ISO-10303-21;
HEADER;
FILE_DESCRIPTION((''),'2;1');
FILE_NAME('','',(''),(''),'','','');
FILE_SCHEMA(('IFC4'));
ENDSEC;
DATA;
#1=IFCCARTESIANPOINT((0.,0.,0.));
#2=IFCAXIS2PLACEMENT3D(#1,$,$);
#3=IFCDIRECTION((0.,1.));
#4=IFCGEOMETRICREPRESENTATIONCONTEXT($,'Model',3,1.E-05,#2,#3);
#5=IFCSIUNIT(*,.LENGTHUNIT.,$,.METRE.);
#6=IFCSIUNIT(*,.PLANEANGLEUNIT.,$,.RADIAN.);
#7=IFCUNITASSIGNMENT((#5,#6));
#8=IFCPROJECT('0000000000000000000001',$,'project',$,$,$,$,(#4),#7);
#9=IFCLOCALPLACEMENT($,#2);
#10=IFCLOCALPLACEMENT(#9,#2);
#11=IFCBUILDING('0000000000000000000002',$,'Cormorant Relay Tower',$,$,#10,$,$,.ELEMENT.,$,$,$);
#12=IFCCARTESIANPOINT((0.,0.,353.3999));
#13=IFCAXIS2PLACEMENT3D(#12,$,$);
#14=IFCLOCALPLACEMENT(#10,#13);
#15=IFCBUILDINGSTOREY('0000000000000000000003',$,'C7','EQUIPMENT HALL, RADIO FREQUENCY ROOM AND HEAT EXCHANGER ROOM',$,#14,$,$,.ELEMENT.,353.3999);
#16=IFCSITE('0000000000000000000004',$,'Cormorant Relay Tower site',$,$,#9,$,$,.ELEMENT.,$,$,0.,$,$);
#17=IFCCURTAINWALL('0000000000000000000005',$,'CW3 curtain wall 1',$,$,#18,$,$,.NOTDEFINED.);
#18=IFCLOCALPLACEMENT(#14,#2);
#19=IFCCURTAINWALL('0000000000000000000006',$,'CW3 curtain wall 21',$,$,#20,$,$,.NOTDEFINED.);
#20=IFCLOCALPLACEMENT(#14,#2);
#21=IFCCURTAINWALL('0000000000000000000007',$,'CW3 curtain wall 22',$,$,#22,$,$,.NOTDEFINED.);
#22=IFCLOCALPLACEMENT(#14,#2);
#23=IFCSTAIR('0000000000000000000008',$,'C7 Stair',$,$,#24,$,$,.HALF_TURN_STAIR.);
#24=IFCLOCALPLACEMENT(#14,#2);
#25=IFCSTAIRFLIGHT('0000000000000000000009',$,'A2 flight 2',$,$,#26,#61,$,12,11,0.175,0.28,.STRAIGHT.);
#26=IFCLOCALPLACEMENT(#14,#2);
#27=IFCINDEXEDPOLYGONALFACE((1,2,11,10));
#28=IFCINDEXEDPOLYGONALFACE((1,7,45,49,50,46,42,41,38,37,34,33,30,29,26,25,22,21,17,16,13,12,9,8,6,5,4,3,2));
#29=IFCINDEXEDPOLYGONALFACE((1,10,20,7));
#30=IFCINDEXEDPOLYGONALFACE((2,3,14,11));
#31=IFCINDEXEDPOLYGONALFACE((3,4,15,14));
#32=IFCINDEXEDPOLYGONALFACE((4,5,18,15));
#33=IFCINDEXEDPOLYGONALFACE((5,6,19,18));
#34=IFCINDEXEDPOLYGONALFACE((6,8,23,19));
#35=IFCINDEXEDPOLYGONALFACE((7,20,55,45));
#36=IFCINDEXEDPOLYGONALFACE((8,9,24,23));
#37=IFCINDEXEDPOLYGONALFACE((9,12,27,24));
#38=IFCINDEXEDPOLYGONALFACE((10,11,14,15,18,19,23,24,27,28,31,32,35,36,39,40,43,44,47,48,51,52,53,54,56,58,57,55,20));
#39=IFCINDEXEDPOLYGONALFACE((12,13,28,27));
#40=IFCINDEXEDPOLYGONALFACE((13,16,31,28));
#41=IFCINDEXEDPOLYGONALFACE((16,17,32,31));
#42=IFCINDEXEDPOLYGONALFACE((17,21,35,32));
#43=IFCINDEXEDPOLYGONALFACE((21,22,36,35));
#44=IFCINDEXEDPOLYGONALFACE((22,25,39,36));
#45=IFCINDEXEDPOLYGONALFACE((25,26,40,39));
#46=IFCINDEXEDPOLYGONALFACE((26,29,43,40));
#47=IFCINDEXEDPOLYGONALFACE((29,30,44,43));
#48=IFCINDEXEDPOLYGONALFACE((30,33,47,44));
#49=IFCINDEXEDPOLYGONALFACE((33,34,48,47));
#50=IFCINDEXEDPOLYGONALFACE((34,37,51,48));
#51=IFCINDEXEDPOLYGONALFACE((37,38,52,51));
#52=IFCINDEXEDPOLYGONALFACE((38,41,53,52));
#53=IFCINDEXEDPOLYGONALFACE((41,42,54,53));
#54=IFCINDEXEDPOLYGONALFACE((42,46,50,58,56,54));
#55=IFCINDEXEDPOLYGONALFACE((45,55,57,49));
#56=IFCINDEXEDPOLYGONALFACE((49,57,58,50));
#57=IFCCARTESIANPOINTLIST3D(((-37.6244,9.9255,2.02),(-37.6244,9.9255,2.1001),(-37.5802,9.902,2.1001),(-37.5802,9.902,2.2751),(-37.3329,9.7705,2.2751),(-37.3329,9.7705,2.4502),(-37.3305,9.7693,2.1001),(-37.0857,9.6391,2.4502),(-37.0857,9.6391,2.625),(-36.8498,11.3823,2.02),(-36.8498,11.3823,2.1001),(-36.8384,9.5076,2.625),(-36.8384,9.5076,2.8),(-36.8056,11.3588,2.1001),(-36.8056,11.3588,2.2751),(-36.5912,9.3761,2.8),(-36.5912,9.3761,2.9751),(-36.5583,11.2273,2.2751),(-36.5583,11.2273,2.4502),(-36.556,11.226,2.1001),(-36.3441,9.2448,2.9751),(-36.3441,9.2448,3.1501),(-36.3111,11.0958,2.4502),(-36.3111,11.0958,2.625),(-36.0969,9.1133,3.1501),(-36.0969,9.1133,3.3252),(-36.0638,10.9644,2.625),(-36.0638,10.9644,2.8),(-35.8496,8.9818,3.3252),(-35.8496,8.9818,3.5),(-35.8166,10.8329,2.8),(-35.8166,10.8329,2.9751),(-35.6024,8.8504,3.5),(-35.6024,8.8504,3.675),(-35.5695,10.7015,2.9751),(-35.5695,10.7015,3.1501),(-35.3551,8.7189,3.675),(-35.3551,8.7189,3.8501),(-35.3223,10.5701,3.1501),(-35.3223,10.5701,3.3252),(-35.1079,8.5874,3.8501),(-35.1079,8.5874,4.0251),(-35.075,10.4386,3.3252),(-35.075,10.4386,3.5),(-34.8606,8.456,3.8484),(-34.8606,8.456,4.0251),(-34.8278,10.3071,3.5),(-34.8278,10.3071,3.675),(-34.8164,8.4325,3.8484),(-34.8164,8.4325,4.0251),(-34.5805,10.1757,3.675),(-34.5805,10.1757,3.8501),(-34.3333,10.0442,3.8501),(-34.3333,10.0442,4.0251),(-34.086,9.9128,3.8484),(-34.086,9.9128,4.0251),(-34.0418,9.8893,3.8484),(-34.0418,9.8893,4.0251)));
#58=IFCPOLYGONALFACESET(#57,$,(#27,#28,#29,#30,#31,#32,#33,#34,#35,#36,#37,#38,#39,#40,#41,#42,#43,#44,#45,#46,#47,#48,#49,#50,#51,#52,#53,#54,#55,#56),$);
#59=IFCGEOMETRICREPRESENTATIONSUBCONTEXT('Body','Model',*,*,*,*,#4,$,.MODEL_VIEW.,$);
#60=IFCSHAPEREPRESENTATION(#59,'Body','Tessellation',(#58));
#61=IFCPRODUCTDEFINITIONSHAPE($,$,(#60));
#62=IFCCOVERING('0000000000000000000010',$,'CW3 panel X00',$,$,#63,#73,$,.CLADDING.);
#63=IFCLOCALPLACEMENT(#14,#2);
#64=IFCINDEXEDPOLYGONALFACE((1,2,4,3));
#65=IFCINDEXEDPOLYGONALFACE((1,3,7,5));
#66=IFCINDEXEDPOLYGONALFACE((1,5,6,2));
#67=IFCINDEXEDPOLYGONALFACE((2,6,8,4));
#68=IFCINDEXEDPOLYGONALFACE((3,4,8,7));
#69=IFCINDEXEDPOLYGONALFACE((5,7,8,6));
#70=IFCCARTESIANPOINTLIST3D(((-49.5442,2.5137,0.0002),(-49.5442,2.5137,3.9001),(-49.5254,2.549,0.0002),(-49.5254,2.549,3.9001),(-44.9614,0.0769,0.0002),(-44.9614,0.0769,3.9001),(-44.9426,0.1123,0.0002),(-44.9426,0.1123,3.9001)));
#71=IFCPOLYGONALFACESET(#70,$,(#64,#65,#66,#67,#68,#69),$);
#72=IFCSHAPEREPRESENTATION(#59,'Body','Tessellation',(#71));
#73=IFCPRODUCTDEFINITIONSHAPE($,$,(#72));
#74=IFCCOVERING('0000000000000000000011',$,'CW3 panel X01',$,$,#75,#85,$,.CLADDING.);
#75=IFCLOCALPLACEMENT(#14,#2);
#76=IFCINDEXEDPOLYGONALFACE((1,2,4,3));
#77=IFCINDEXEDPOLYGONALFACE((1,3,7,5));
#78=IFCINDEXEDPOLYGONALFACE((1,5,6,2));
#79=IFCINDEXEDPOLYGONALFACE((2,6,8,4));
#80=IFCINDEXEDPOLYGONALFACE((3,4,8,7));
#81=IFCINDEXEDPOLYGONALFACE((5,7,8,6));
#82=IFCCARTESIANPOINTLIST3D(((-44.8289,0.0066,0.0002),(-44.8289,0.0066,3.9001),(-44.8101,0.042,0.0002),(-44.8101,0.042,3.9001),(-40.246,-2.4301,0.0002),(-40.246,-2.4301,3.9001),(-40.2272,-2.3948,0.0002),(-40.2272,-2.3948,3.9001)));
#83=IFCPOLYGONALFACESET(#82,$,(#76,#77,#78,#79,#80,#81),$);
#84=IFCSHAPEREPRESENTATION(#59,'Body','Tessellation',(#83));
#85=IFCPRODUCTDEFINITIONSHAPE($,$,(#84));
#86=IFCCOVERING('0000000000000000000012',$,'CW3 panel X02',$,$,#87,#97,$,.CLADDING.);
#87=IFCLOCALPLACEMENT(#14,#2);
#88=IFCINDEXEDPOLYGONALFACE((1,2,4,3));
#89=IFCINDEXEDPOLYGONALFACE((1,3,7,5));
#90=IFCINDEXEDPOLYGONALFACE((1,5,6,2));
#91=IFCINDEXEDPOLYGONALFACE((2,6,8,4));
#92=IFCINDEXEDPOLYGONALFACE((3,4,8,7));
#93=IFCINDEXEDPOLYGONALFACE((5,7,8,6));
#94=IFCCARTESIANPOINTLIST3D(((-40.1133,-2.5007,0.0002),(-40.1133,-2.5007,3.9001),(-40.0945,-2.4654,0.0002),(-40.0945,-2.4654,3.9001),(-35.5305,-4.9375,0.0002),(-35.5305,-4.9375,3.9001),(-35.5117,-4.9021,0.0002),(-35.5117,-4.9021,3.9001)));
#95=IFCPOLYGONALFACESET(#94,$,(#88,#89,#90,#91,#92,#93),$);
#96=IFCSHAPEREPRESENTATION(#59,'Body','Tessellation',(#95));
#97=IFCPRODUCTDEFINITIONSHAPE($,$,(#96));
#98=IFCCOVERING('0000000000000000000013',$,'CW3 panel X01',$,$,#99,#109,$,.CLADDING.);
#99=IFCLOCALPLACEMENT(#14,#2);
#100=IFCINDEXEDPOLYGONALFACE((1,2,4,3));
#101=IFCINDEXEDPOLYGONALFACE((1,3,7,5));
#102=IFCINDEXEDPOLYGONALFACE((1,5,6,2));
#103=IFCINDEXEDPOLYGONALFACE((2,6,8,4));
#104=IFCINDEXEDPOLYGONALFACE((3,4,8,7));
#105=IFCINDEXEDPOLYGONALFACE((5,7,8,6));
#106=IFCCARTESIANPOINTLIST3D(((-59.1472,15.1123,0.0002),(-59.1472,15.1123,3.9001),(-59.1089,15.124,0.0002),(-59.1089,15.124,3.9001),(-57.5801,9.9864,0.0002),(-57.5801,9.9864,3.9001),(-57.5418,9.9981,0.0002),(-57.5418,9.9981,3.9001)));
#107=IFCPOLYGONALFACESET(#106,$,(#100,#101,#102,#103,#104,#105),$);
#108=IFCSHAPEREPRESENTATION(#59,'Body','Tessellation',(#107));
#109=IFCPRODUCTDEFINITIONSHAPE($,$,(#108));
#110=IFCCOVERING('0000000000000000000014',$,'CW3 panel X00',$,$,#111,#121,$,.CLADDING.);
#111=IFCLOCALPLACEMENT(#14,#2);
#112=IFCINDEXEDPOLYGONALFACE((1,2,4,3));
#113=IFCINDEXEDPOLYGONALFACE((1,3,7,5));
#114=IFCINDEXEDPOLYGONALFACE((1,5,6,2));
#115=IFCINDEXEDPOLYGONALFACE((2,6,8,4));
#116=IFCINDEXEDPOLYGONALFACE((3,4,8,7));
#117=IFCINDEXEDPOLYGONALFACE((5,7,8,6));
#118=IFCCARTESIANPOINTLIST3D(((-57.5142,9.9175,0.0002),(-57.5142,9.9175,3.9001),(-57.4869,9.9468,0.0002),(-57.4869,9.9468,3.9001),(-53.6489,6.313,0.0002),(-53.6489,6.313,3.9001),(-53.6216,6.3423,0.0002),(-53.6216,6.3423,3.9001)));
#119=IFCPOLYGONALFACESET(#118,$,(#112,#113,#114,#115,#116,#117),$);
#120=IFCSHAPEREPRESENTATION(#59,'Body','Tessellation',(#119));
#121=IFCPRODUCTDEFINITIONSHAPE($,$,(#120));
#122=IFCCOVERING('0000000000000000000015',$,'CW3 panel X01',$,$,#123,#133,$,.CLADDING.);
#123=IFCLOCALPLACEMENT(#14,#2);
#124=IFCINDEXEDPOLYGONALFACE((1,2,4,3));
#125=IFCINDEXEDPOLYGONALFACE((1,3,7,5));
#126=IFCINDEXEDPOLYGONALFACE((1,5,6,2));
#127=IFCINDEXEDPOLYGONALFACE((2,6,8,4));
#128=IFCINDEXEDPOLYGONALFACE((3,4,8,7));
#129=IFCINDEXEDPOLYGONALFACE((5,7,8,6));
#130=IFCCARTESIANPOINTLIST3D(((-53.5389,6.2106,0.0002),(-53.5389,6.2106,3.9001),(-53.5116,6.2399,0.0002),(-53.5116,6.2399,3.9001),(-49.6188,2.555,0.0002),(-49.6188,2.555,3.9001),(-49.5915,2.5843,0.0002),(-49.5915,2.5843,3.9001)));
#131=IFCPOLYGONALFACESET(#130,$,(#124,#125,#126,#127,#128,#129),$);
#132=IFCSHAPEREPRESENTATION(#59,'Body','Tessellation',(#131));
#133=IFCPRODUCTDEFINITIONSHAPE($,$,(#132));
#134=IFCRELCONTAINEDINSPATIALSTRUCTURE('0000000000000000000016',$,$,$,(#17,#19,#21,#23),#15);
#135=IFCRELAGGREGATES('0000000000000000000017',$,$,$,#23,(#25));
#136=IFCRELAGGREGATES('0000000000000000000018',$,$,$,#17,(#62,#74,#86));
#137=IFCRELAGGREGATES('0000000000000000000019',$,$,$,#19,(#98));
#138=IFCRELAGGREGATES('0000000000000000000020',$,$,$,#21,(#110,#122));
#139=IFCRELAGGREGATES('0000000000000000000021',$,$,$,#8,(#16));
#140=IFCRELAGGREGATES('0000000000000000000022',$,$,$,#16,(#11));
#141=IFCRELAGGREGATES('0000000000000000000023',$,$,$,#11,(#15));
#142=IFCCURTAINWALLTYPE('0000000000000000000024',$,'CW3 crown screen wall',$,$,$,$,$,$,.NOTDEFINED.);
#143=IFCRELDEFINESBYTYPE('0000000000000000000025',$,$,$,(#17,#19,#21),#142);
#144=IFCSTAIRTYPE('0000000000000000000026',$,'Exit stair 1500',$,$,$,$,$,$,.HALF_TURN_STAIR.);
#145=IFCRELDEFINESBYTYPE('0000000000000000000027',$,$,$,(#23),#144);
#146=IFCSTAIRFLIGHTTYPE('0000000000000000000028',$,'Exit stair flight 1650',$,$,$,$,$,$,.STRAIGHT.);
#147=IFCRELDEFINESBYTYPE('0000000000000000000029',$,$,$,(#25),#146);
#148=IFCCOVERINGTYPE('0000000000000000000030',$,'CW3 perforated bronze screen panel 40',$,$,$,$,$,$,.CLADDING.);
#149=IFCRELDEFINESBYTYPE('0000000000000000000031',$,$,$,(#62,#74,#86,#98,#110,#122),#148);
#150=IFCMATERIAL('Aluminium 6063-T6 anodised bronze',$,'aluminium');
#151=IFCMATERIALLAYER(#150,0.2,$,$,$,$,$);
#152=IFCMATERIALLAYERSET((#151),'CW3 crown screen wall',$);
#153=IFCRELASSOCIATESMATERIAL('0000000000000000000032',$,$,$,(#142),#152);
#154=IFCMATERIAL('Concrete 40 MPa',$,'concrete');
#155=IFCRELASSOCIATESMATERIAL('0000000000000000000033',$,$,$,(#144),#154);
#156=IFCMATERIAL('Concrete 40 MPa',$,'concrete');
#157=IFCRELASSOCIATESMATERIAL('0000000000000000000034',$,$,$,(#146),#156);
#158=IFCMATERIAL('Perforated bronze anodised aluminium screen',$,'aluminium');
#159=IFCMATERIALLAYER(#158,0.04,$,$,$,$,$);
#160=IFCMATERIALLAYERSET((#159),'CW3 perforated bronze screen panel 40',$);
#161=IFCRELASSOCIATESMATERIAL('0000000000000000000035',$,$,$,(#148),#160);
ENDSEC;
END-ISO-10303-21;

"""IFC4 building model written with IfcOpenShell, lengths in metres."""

from ifc_helpers import new_model, si_unit, direction, frame, origin, origin_2d, place, context, subcontext, project, spatial, polyline, rectangle, outline, extrude, material, layer, layer_set, type_object, element, aggregate, save


model = new_model("IFC4")

# Units and contexts
model_context = context("Model", 3, precision=1e-05, world=origin(), true_north=direction((0.0, 1.0)))
body_context = subcontext(model_context, "Body", "Model", "MODEL_VIEW")
ifc_project = project(units=[si_unit("LENGTHUNIT", "METRE"), si_unit("PLANEANGLEUNIT", "RADIAN")], contexts=[model_context])

# Site, building, storey
site_placement = place(None, origin())
site = spatial("IfcSite", under=ifc_project, at=site_placement, Name="Cormorant Relay Tower site", CompositionType="ELEMENT", RefElevation=0.0)
building_placement = place(site_placement, origin())
building = spatial("IfcBuilding", under=site, at=building_placement, Name="Cormorant Relay Tower", CompositionType="ELEMENT")
storey_placement = place(building_placement, frame((0.0, 0.0, 353.3999)))
storey = spatial("IfcBuildingStorey", under=building, at=storey_placement, Name="C7", Description="EQUIPMENT HALL, RADIO FREQUENCY ROOM AND HEAT EXCHANGER ROOM", CompositionType="ELEMENT", Elevation=353.3999)

# Curtain wall
ifc_material_1 = material(Name="Aluminium 6063-T6 anodised bronze", Category="aluminium")
ifc_layer_1 = layer(ifc_material_1, 0.2)
ifc_layer_set_1 = layer_set([ifc_layer_1], Name="CW3 crown screen wall")
curtain_wall_type = type_object("IfcCurtainWallType", Name="CW3 crown screen wall", PredefinedType="NOTDEFINED", material=ifc_layer_set_1)
curtain_wall_1_placement = place(storey_placement, origin())
curtain_wall_1 = element("IfcCurtainWall", 1, at=curtain_wall_1_placement, inside=storey, type_object=curtain_wall_type, Name="CW3 curtain wall 1", PredefinedType="NOTDEFINED")

# Curtain wall
curtain_wall_2_placement = place(storey_placement, origin())
curtain_wall_2 = element("IfcCurtainWall", 2, at=curtain_wall_2_placement, inside=storey, type_object=curtain_wall_type, Name="CW3 curtain wall 21", PredefinedType="NOTDEFINED")

# Curtain wall
curtain_wall_3_placement = place(storey_placement, origin())
curtain_wall_3 = element("IfcCurtainWall", 3, at=curtain_wall_3_placement, inside=storey, type_object=curtain_wall_type, Name="CW3 curtain wall 22", PredefinedType="NOTDEFINED")

# Stair, stair flight
ifc_material_2 = material(Name="Concrete 40 MPa", Category="concrete")
stair_type = type_object("IfcStairType", Name="Exit stair 1500", PredefinedType="HALF_TURN_STAIR", material=ifc_material_2)
stair_placement = place(storey_placement, origin())
stair = element("IfcStair", 4, at=stair_placement, inside=storey, type_object=stair_type, Name="C7 Stair", PredefinedType="HALF_TURN_STAIR")
ifc_material_3 = material(Name="Concrete 40 MPa", Category="concrete")
stair_flight_type = type_object("IfcStairFlightType", Name="Exit stair flight 1650", PredefinedType="STRAIGHT", material=ifc_material_3)
stair_flight_placement = place(storey_placement, frame((-37.1929, 10.6304, 2.1001), z_axis=(0.0, 0.0, 1.0), x_axis=(0.882948, -0.469472, 0.0)))
stair_flight = element("IfcStairFlight", 5, at=stair_flight_placement, type_object=stair_flight_type, Name="A2 flight 2", NumberOfRisers=12, NumberOfTreads=11, PredefinedType="STRAIGHT", RiserHeight=0.175, TreadLength=0.28, context=body_context, shape_type="SweptSolid", body=[
    extrude(outline(polyline([(-0.05, -0.0801), (-0.05, 0.0), (0.0, 0.0), (0.0, 0.175), (0.28, 0.175), (0.28, 0.3501), (0.5601, 0.3501), (0.5601, 0.5249), (0.8401, 0.5249), (0.8401, 0.7), (1.1201, 0.7), (1.1201, 0.875), (1.3999, 0.875), (1.3999, 1.05), (1.6799, 1.05), (1.6799, 1.2251), (1.96, 1.2251), (1.96, 1.3999), (2.24, 1.3999), (2.24, 1.575), (2.52, 1.575), (2.52, 1.75), (2.8, 1.75), (2.8, 1.925), (3.0801, 1.925), (3.1301, 1.925), (3.1301, 1.7483), (3.0801, 1.7483), (0.2827, 0.0), (-0.05, -0.0801)])), frame((0.0, 0.825, 0.0), z_axis=(0.0, -1.0, 0.0), x_axis=(1.0, 0.0, 0.0)), (0.0, 0.0, 1.0), 1.6499),
])
aggregate(stair, [stair_flight])

# Coverings
ifc_material_4 = material(Name="Perforated bronze anodised aluminium screen", Category="aluminium")
ifc_layer_2 = layer(ifc_material_4, 0.04)
ifc_layer_set_2 = layer_set([ifc_layer_2], Name="CW3 perforated bronze screen panel 40")
covering_type = type_object("IfcCoveringType", Name="CW3 perforated bronze screen panel 40", PredefinedType="CLADDING", material=ifc_layer_set_2)
covering_1_placement = place(storey_placement, frame((-47.2434, 1.313, 0.0002), z_axis=(0.0, 0.0, 1.0), x_axis=(0.882948, -0.469472, 0.0)))
covering_1 = element("IfcCovering", 6, at=covering_1_placement, type_object=covering_type, Name="CW3 panel X00", PredefinedType="CLADDING", context=body_context, shape_type="SweptSolid", body=[
    extrude(rectangle(XDim=5.1904, YDim=0.04, at=origin_2d()), origin(), (0.0, 0.0, 1.0), 3.8999),
])
covering_2_placement = place(storey_placement, frame((-42.5281, -1.1941, 0.0002), z_axis=(0.0, 0.0, 1.0), x_axis=(0.882948, -0.469472, 0.0)))
covering_2 = element("IfcCovering", 7, at=covering_2_placement, type_object=covering_type, Name="CW3 panel X01", PredefinedType="CLADDING", context=body_context, shape_type="SweptSolid", body=[
    extrude(rectangle(XDim=5.1904, YDim=0.04, at=origin_2d()), origin(), (0.0, 0.0, 1.0), 3.8999),
])
covering_3_placement = place(storey_placement, frame((-37.8125, -3.7014, 0.0002), z_axis=(0.0, 0.0, 1.0), x_axis=(0.882948, -0.469472, 0.0)))
covering_3 = element("IfcCovering", 8, at=covering_3_placement, type_object=covering_type, Name="CW3 panel X02", PredefinedType="CLADDING", context=body_context, shape_type="SweptSolid", body=[
    extrude(rectangle(XDim=5.1904, YDim=0.04, at=origin_2d()), origin(), (0.0, 0.0, 1.0), 3.8999),
])
aggregate(curtain_wall_1, [covering_1, covering_2, covering_3])
covering_4_placement = place(storey_placement, frame((-58.3445, 12.5552, 0.0002), z_axis=(0.0, 0.0, 1.0), x_axis=(0.292372, -0.956305, 0.0)))
covering_4 = element("IfcCovering", 9, at=covering_4_placement, type_object=covering_type, Name="CW3 panel X01", PredefinedType="CLADDING", context=body_context, shape_type="SweptSolid", body=[
    extrude(rectangle(XDim=5.3601, YDim=0.04, at=origin_2d()), origin(), (0.0, 0.0, 1.0), 3.8999),
])
aggregate(curtain_wall_2, [covering_4])
covering_5_placement = place(storey_placement, frame((-55.5679, 8.1299, 0.0002), z_axis=(0.0, 0.0, 1.0), x_axis=(0.731354, -0.681998, 0.0)))
covering_5 = element("IfcCovering", 10, at=covering_5_placement, type_object=covering_type, Name="CW3 panel X00", PredefinedType="CLADDING", context=body_context, shape_type="SweptSolid", body=[
    extrude(rectangle(XDim=5.2852, YDim=0.04, at=origin_2d()), origin(), (0.0, 0.0, 1.0), 3.8999),
])
covering_6_placement = place(storey_placement, frame((-51.5652, 4.3975, 0.0002), z_axis=(0.0, 0.0, 1.0), x_axis=(0.731354, -0.681998, 0.0)))
covering_6 = element("IfcCovering", 11, at=covering_6_placement, type_object=covering_type, Name="CW3 panel X01", PredefinedType="CLADDING", context=body_context, shape_type="SweptSolid", body=[
    extrude(rectangle(XDim=5.3601, YDim=0.04, at=origin_2d()), origin(), (0.0, 0.0, 1.0), 3.8999),
])
aggregate(curtain_wall_3, [covering_5, covering_6])

save(model, "model.ifc")
